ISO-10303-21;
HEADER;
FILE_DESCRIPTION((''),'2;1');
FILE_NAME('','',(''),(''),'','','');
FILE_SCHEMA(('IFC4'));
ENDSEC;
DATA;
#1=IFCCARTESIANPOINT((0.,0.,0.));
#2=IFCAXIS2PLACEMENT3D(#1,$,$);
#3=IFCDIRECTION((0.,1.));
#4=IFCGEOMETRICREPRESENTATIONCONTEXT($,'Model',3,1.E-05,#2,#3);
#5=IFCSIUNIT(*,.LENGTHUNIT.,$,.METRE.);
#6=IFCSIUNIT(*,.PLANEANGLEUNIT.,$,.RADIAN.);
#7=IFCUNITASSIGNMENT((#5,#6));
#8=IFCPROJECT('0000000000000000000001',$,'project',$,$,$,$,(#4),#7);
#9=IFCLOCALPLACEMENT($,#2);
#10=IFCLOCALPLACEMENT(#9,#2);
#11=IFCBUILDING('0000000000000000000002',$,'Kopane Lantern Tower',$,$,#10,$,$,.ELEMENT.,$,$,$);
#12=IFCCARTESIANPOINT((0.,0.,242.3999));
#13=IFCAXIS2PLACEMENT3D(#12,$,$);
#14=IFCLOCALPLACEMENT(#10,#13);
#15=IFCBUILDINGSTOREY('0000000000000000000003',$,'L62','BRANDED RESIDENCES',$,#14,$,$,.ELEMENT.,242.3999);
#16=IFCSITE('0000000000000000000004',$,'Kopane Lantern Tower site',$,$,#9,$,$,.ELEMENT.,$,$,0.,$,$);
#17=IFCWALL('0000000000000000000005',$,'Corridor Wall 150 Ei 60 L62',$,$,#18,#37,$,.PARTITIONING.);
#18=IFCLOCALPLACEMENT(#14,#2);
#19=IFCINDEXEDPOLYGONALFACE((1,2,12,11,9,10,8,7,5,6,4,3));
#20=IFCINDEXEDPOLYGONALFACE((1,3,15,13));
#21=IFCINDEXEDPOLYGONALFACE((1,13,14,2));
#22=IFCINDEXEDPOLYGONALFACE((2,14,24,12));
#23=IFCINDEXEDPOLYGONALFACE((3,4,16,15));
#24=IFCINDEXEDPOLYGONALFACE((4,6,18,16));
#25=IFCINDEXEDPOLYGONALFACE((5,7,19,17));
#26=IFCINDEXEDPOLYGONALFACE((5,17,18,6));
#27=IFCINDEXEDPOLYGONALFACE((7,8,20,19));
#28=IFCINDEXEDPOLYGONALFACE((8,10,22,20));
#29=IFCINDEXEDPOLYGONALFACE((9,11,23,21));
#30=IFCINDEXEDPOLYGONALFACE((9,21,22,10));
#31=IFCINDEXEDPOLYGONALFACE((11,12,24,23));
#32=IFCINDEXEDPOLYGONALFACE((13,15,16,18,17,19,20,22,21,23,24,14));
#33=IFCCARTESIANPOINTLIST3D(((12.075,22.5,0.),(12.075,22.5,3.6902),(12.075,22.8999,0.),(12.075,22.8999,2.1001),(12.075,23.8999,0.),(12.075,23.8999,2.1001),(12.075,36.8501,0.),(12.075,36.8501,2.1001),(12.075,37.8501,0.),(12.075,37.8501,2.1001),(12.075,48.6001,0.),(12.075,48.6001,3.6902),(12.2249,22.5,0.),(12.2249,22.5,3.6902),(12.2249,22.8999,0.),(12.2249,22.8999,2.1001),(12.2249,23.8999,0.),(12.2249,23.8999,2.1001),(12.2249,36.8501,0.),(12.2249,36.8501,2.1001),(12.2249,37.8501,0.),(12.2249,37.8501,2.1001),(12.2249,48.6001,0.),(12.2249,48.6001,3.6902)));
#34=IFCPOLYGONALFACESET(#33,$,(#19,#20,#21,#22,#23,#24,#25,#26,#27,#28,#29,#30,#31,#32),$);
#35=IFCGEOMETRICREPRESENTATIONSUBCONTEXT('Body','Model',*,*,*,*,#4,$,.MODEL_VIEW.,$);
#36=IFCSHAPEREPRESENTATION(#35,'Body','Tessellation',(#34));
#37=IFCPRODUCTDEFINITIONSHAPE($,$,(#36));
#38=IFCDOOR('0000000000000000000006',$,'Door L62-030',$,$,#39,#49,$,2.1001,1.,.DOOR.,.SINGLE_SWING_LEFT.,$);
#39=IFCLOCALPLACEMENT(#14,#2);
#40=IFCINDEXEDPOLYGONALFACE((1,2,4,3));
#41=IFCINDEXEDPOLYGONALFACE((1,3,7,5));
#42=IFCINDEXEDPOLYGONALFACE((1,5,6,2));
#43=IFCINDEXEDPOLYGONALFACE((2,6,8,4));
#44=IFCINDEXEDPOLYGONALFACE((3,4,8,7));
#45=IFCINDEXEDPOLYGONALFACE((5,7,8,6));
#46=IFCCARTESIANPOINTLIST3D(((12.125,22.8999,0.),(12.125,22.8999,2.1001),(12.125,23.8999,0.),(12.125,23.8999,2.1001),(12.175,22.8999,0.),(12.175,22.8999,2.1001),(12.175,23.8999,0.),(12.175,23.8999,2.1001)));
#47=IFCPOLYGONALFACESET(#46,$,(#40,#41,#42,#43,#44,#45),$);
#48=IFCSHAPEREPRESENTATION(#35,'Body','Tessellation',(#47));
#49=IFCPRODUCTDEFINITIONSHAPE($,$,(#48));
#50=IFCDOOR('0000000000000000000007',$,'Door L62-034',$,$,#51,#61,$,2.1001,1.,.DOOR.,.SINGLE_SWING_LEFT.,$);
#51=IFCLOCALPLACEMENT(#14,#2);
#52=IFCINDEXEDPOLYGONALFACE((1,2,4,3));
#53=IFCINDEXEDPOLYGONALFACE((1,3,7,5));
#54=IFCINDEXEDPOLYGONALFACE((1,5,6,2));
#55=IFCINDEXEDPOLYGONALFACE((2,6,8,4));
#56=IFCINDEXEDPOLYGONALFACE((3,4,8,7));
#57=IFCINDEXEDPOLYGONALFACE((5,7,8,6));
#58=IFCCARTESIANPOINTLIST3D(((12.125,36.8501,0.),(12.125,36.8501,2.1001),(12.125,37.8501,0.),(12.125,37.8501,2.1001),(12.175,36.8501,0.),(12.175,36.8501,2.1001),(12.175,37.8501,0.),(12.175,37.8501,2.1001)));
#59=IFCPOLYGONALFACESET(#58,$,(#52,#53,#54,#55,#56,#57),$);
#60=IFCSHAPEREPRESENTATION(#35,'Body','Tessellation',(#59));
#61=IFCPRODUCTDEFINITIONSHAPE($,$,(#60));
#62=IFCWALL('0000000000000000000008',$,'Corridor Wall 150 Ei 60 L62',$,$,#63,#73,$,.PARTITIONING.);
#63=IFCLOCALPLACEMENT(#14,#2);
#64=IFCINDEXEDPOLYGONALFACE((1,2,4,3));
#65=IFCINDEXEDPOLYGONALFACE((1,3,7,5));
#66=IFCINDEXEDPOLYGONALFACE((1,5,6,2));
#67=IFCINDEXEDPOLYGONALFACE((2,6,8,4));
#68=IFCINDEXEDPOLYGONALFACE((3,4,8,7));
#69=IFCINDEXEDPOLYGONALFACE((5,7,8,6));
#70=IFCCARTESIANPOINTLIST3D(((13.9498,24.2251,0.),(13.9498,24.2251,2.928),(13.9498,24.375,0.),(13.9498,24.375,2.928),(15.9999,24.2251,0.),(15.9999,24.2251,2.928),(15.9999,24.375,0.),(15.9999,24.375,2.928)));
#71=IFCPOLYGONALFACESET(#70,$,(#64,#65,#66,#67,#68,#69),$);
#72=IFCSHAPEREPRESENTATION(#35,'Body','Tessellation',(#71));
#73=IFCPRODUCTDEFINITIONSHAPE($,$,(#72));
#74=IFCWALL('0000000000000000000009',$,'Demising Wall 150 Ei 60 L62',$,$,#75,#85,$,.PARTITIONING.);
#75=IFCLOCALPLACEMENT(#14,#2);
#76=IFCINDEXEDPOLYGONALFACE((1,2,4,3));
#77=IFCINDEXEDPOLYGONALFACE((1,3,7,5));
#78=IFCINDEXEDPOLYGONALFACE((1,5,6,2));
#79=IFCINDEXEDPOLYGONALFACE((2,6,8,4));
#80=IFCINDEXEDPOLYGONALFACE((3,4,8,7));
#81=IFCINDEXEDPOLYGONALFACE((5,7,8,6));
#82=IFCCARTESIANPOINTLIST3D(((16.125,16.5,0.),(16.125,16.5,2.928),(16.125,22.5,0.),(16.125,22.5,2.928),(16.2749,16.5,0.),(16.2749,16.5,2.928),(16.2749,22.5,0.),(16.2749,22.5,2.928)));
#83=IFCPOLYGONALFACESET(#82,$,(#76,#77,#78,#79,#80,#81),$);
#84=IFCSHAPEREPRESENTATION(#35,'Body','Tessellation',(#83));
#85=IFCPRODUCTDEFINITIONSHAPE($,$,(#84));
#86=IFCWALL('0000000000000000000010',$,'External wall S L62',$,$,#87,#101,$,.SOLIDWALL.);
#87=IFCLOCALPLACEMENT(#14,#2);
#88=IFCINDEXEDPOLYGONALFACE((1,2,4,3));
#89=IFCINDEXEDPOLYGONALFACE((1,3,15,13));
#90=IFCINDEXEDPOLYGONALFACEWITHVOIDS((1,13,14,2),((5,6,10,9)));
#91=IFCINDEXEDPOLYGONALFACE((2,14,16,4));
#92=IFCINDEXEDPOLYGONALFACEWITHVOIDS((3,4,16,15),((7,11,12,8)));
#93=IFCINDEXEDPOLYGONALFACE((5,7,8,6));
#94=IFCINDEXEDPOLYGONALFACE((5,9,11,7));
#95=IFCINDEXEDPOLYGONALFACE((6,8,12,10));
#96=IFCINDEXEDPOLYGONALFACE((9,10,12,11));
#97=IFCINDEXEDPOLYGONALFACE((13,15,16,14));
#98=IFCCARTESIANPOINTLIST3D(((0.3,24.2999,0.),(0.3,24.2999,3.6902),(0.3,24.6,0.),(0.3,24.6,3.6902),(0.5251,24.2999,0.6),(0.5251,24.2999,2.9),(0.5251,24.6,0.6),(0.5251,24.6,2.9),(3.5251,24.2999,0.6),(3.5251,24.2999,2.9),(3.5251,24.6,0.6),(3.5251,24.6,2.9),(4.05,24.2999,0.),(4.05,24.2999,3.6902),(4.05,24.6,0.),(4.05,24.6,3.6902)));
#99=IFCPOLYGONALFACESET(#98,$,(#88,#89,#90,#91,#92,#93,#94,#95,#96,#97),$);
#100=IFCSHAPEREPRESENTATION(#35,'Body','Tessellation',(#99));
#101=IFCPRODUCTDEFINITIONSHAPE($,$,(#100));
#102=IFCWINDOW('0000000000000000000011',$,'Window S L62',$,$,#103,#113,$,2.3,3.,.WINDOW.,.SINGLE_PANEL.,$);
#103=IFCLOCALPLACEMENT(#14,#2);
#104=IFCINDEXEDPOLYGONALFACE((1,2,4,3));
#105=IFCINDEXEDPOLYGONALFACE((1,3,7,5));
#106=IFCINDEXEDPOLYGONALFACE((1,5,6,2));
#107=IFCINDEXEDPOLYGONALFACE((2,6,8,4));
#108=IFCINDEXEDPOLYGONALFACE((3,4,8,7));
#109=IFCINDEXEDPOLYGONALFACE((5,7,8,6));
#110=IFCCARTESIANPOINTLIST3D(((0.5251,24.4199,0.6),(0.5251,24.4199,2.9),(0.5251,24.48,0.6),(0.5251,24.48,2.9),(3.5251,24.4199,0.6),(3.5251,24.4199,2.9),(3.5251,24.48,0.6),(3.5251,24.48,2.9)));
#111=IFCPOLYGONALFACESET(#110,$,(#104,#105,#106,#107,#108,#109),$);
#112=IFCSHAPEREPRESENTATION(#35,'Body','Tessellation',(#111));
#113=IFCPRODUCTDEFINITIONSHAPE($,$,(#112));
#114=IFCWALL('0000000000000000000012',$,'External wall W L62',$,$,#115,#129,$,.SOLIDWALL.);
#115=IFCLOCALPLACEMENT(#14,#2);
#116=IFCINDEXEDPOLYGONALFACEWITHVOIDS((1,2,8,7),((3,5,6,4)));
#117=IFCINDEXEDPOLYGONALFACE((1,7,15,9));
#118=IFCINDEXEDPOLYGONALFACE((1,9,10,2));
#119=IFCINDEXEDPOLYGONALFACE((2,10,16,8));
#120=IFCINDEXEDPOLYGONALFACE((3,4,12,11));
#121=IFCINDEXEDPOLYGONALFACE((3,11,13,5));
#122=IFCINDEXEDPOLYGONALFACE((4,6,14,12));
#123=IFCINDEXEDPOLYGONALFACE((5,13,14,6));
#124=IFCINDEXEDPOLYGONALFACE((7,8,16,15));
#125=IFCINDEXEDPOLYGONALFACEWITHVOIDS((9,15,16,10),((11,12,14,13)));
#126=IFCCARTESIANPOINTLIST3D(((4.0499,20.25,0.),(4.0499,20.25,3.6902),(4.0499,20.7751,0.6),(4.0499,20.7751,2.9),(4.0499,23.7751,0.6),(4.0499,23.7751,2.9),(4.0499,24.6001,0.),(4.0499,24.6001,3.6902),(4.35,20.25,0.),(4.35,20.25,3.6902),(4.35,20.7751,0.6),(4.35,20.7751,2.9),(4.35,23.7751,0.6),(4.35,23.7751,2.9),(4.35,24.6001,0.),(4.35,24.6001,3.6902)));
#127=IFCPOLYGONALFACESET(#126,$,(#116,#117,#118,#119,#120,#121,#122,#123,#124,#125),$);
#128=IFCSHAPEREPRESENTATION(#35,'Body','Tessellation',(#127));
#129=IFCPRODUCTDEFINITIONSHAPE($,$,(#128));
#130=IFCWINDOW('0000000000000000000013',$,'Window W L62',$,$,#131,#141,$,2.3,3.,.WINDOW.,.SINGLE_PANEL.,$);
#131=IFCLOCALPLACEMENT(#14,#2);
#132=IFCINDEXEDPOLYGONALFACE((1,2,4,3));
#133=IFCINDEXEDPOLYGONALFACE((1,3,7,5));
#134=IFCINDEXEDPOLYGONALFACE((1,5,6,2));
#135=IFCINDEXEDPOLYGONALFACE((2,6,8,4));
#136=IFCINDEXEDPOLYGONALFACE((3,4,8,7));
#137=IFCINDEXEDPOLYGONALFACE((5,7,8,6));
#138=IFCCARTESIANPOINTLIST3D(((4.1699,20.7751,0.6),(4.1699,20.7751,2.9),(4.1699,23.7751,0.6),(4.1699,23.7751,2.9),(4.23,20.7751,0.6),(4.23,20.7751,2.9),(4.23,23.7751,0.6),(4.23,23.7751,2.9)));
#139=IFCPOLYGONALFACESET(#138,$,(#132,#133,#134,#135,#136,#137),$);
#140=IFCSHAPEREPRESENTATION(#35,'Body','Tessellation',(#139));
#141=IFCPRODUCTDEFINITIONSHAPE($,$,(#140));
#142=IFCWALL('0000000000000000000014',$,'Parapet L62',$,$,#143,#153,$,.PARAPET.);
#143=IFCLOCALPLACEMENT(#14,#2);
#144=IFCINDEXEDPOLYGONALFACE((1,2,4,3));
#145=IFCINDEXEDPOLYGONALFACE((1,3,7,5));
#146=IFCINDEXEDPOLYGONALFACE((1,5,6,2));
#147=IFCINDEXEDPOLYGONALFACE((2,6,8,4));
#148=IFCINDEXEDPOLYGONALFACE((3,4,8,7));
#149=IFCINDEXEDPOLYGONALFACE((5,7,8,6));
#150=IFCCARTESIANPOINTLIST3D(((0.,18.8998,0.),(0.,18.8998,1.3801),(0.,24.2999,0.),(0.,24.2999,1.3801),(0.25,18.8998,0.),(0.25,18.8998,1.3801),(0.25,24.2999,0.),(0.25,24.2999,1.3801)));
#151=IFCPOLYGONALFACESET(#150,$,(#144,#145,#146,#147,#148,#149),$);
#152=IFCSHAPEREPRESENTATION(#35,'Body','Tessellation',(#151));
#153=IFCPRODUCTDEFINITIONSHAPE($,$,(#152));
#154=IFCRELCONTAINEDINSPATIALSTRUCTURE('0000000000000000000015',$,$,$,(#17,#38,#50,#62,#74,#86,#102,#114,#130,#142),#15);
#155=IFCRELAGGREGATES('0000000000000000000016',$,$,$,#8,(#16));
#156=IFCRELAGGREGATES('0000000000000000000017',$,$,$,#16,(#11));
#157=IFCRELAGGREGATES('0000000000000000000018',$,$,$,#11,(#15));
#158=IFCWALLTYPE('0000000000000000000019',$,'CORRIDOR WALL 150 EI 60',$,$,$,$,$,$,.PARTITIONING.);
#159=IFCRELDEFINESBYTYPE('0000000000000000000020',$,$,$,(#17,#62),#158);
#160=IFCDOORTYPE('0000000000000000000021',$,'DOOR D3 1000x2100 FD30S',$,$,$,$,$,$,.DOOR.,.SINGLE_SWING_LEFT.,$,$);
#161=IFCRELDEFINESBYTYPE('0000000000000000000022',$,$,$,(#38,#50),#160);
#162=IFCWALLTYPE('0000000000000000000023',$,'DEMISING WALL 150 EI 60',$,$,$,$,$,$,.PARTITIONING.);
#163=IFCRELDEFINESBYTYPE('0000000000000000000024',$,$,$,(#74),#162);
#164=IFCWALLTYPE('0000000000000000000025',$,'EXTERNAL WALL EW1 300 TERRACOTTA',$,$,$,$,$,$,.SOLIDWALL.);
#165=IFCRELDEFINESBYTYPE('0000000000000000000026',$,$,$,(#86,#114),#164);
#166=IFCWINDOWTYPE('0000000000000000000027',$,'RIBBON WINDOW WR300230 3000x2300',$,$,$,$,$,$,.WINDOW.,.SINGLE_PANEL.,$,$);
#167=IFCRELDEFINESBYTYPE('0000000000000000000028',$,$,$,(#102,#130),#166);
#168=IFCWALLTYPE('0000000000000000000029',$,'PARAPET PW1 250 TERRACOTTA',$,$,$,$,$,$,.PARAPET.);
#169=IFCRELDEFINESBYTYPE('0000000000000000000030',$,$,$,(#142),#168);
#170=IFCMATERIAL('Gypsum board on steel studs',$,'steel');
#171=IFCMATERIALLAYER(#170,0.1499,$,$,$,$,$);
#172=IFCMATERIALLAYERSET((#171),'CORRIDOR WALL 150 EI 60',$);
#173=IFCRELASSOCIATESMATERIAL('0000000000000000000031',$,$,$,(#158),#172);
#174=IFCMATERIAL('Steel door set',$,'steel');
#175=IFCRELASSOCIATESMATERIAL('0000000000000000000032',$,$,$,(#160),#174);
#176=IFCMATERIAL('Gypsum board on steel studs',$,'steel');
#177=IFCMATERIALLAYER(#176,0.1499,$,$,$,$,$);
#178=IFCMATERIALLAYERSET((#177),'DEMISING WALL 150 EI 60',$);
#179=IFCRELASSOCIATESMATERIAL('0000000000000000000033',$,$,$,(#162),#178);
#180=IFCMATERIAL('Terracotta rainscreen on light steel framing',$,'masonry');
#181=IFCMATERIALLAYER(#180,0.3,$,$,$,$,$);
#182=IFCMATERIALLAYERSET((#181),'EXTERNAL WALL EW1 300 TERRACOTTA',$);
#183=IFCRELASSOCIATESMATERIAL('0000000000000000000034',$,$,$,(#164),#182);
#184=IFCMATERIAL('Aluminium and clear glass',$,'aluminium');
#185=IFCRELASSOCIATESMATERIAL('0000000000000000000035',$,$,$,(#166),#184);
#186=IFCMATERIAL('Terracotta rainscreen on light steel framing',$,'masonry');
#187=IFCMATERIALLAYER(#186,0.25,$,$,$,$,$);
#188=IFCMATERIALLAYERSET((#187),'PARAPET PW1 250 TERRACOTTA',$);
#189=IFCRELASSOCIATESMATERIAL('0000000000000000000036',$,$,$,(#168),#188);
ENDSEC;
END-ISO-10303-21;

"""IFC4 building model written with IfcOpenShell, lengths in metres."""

from ifc_helpers import new_model, si_unit, direction, frame, frame_2d, origin, place, context, subcontext, project, spatial, rectangle, extrude, material, layer, layer_set, type_object, element, fill, save


model = new_model("IFC4")

# Units and contexts
model_context = context("Model", 3, precision=1e-05, world=origin(), true_north=direction((0.0, 1.0)))
body_context = subcontext(model_context, "Body", "Model", "MODEL_VIEW")
ifc_project = project(units=[si_unit("LENGTHUNIT", "METRE"), si_unit("PLANEANGLEUNIT", "RADIAN")], contexts=[model_context])

# Site, building, storey
site_placement = place(None, origin())
site = spatial("IfcSite", under=ifc_project, at=site_placement, Name="Kopane Lantern Tower site", CompositionType="ELEMENT", RefElevation=0.0)
building_placement = place(site_placement, origin())
building = spatial("IfcBuilding", under=site, at=building_placement, Name="Kopane Lantern Tower", CompositionType="ELEMENT")
storey_placement = place(building_placement, frame((0.0, 0.0, 242.3999)))
storey = spatial("IfcBuildingStorey", under=building, at=storey_placement, Name="L62", Description="BRANDED RESIDENCES", CompositionType="ELEMENT", Elevation=242.3999)

# Wall, openings, doors
ifc_material_1 = material(Name="Gypsum board on steel studs", Category="steel")
ifc_layer_1 = layer(ifc_material_1, 0.1499)
ifc_layer_set_1 = layer_set([ifc_layer_1], Name="CORRIDOR WALL 150 EI 60")
wall_type_1 = type_object("IfcWallType", Name="CORRIDOR WALL 150 EI 60", PredefinedType="PARTITIONING", material=ifc_layer_set_1)
wall_1_placement = place(storey_placement, frame((12.1499, 22.5, 0.0), z_axis=(0.0, 0.0, 1.0), x_axis=(0.0, 1.0, 0.0)))
wall_1 = element("IfcWall", 1, at=wall_1_placement, inside=storey, type_object=wall_type_1, Name="Corridor Wall 150 Ei 60 L62", PredefinedType="PARTITIONING", context=body_context, shape_type="SweptSolid", body=[
    extrude(rectangle(XDim=26.1001, YDim=0.1499, at=frame_2d((13.05, 0.0))), origin(), (0.0, 0.0, 1.0), 3.6902),
])
opening_1_placement = place(wall_1_placement, frame((0.3999, 0.0, 0.0)))
opening_1 = element("IfcOpeningElement", 2, at=opening_1_placement, cuts=wall_1, PredefinedType="OPENING", context=body_context, shape_type="SweptSolid", body=[
    extrude(rectangle(XDim=1.0, YDim=2.1001, at=frame_2d((0.5, 1.05))), frame((0.0, 0.085, 0.0), z_axis=(0.0, -1.0, 0.0), x_axis=(1.0, 0.0, 0.0)), (0.0, 0.0, 1.0), 0.1699),
])
opening_2_placement = place(wall_1_placement, frame((14.3501, 0.0, 0.0)))
opening_2 = element("IfcOpeningElement", 3, at=opening_2_placement, cuts=wall_1, PredefinedType="OPENING", context=body_context, shape_type="SweptSolid", body=[
    extrude(rectangle(XDim=1.0, YDim=2.1001, at=frame_2d((0.5, 1.05))), frame((0.0, 0.085, 0.0), z_axis=(0.0, -1.0, 0.0), x_axis=(1.0, 0.0, 0.0)), (0.0, 0.0, 1.0), 0.1699),
])
ifc_material_2 = material(Name="Steel door set", Category="steel")
door_type_1 = type_object("IfcDoorType", Name="DOOR D3 1000x2100 FD30S", OperationType="SINGLE_SWING_LEFT", PredefinedType="DOOR", material=ifc_material_2)
door_1_placement = place(opening_1_placement, origin())
door_1 = element("IfcDoor", 4, at=door_1_placement, inside=storey, type_object=door_type_1, Name="Door L62-030", OperationType="SINGLE_SWING_LEFT", OverallHeight=2.1001, OverallWidth=1.0, PredefinedType="DOOR", context=body_context, shape_type="SweptSolid", body=[
    extrude(rectangle(XDim=1.0, YDim=2.1001, at=frame_2d((0.5, 1.05))), frame((0.0, 0.0249, 0.0), z_axis=(0.0, -1.0, 0.0), x_axis=(1.0, 0.0, 0.0)), (0.0, 0.0, 1.0), 0.05),
])
fill(opening_1, door_1)
door_2_placement = place(opening_2_placement, origin())
door_2 = element("IfcDoor", 5, at=door_2_placement, inside=storey, type_object=door_type_1, Name="Door L62-034", OperationType="SINGLE_SWING_LEFT", OverallHeight=2.1001, OverallWidth=1.0, PredefinedType="DOOR", context=body_context, shape_type="SweptSolid", body=[
    extrude(rectangle(XDim=1.0, YDim=2.1001, at=frame_2d((0.5, 1.05))), frame((0.0, 0.0249, 0.0), z_axis=(0.0, -1.0, 0.0), x_axis=(1.0, 0.0, 0.0)), (0.0, 0.0, 1.0), 0.05),
])
fill(opening_2, door_2)

# Walls
wall_2_placement = place(storey_placement, frame((13.95, 24.3, 0.0), z_axis=(0.0, 0.0, 1.0), x_axis=(1.0, 0.0, 0.0)))
element("IfcWall", 6, at=wall_2_placement, inside=storey, type_object=wall_type_1, Name="Corridor Wall 150 Ei 60 L62", PredefinedType="PARTITIONING", context=body_context, shape_type="SweptSolid", body=[
    extrude(rectangle(XDim=2.05, YDim=0.1499, at=frame_2d((1.0249, 0.0))), origin(), (0.0, 0.0, 1.0), 2.928),
])
ifc_material_3 = material(Name="Gypsum board on steel studs", Category="steel")
ifc_layer_2 = layer(ifc_material_3, 0.1499)
ifc_layer_set_2 = layer_set([ifc_layer_2], Name="DEMISING WALL 150 EI 60")
wall_type_2 = type_object("IfcWallType", Name="DEMISING WALL 150 EI 60", PredefinedType="PARTITIONING", material=ifc_layer_set_2)
wall_3_placement = place(storey_placement, frame((16.2, 22.5, 0.0), z_axis=(0.0, 0.0, 1.0), x_axis=(0.0, -1.0, 0.0)))
element("IfcWall", 7, at=wall_3_placement, inside=storey, type_object=wall_type_2, Name="Demising Wall 150 Ei 60 L62", PredefinedType="PARTITIONING", context=body_context, shape_type="SweptSolid", body=[
    extrude(rectangle(XDim=6.0, YDim=0.1499, at=frame_2d((3.0, 0.0))), origin(), (0.0, 0.0, 1.0), 2.928),
])

# Walls, openings, windows
ifc_material_4 = material(Name="Terracotta rainscreen on light steel framing", Category="masonry")
ifc_layer_3 = layer(ifc_material_4, 0.3)
ifc_layer_set_3 = layer_set([ifc_layer_3], Name="EXTERNAL WALL EW1 300 TERRACOTTA")
wall_type_3 = type_object("IfcWallType", Name="EXTERNAL WALL EW1 300 TERRACOTTA", PredefinedType="SOLIDWALL", material=ifc_layer_set_3)
wall_4_placement = place(storey_placement, frame((0.3, 24.45, 0.0), z_axis=(0.0, 0.0, 1.0), x_axis=(1.0, 0.0, 0.0)))
wall_4 = element("IfcWall", 8, at=wall_4_placement, inside=storey, type_object=wall_type_3, Name="External wall S L62", PredefinedType="SOLIDWALL", context=body_context, shape_type="SweptSolid", body=[
    extrude(rectangle(XDim=3.75, YDim=0.3, at=frame_2d((1.875, 0.0))), origin(), (0.0, 0.0, 1.0), 3.6902),
])
opening_3_placement = place(wall_4_placement, frame((0.2251, 0.0, 0.6001)))
opening_3 = element("IfcOpeningElement", 9, at=opening_3_placement, cuts=wall_4, PredefinedType="OPENING", context=body_context, shape_type="SweptSolid", body=[
    extrude(rectangle(XDim=3.0, YDim=2.3, at=frame_2d((1.5, 1.1499))), frame((0.0, 0.1599, 0.0), z_axis=(0.0, -1.0, 0.0), x_axis=(1.0, 0.0, 0.0)), (0.0, 0.0, 1.0), 0.3201),
])
ifc_material_5 = material(Name="Aluminium and clear glass", Category="aluminium")
window_type = type_object("IfcWindowType", Name="RIBBON WINDOW WR300230 3000x2300", PartitioningType="SINGLE_PANEL", PredefinedType="WINDOW", material=ifc_material_5)
window_1_placement = place(opening_3_placement, origin())
window_1 = element("IfcWindow", 10, at=window_1_placement, inside=storey, type_object=window_type, Name="Window S L62", OverallHeight=2.3, OverallWidth=3.0, PartitioningType="SINGLE_PANEL", PredefinedType="WINDOW", context=body_context, shape_type="SweptSolid", body=[
    extrude(rectangle(XDim=3.0, YDim=2.3, at=frame_2d((1.5, 1.1499))), frame((0.0, 0.03, 0.0), z_axis=(0.0, -1.0, 0.0), x_axis=(1.0, 0.0, 0.0)), (0.0, 0.0, 1.0), 0.0601),
])
fill(opening_3, window_1)
wall_5_placement = place(storey_placement, frame((4.2, 24.6001, 0.0), z_axis=(0.0, 0.0, 1.0), x_axis=(0.0, -1.0, 0.0)))
wall_5 = element("IfcWall", 11, at=wall_5_placement, inside=storey, type_object=wall_type_3, Name="External wall W L62", PredefinedType="SOLIDWALL", context=body_context, shape_type="SweptSolid", body=[
    extrude(rectangle(XDim=4.3501, YDim=0.3, at=frame_2d((2.175, 0.0))), origin(), (0.0, 0.0, 1.0), 3.6902),
])
opening_4_placement = place(wall_5_placement, frame((0.825, 0.0, 0.6001)))
opening_4 = element("IfcOpeningElement", 12, at=opening_4_placement, cuts=wall_5, PredefinedType="OPENING", context=body_context, shape_type="SweptSolid", body=[
    extrude(rectangle(XDim=3.0, YDim=2.3, at=frame_2d((1.5, 1.1499))), frame((0.0, 0.1599, 0.0), z_axis=(0.0, -1.0, 0.0), x_axis=(1.0, 0.0, 0.0)), (0.0, 0.0, 1.0), 0.3201),
])
window_2_placement = place(opening_4_placement, origin())
window_2 = element("IfcWindow", 13, at=window_2_placement, inside=storey, type_object=window_type, Name="Window W L62", OverallHeight=2.3, OverallWidth=3.0, PartitioningType="SINGLE_PANEL", PredefinedType="WINDOW", context=body_context, shape_type="SweptSolid", body=[
    extrude(rectangle(XDim=3.0, YDim=2.3, at=frame_2d((1.5, 1.1499))), frame((0.0, 0.03, 0.0), z_axis=(0.0, -1.0, 0.0), x_axis=(1.0, 0.0, 0.0)), (0.0, 0.0, 1.0), 0.0601),
])
fill(opening_4, window_2)

# Wall
ifc_material_6 = material(Name="Terracotta rainscreen on light steel framing", Category="masonry")
ifc_layer_4 = layer(ifc_material_6, 0.25)
ifc_layer_set_4 = layer_set([ifc_layer_4], Name="PARAPET PW1 250 TERRACOTTA")
wall_type_4 = type_object("IfcWallType", Name="PARAPET PW1 250 TERRACOTTA", PredefinedType="PARAPET", material=ifc_layer_set_4)
wall_6_placement = place(storey_placement, frame((0.125, 24.3, 0.0), z_axis=(0.0, 0.0, 1.0), x_axis=(0.0, -1.0, 0.0)))
element("IfcWall", 14, at=wall_6_placement, inside=storey, type_object=wall_type_4, Name="Parapet L62", PredefinedType="PARAPET", context=body_context, shape_type="SweptSolid", body=[
    extrude(rectangle(XDim=5.4001, YDim=0.25, at=frame_2d((2.7002, 0.0))), origin(), (0.0, 0.0, 1.0), 1.3801),
])

save(model, "model.ifc")
